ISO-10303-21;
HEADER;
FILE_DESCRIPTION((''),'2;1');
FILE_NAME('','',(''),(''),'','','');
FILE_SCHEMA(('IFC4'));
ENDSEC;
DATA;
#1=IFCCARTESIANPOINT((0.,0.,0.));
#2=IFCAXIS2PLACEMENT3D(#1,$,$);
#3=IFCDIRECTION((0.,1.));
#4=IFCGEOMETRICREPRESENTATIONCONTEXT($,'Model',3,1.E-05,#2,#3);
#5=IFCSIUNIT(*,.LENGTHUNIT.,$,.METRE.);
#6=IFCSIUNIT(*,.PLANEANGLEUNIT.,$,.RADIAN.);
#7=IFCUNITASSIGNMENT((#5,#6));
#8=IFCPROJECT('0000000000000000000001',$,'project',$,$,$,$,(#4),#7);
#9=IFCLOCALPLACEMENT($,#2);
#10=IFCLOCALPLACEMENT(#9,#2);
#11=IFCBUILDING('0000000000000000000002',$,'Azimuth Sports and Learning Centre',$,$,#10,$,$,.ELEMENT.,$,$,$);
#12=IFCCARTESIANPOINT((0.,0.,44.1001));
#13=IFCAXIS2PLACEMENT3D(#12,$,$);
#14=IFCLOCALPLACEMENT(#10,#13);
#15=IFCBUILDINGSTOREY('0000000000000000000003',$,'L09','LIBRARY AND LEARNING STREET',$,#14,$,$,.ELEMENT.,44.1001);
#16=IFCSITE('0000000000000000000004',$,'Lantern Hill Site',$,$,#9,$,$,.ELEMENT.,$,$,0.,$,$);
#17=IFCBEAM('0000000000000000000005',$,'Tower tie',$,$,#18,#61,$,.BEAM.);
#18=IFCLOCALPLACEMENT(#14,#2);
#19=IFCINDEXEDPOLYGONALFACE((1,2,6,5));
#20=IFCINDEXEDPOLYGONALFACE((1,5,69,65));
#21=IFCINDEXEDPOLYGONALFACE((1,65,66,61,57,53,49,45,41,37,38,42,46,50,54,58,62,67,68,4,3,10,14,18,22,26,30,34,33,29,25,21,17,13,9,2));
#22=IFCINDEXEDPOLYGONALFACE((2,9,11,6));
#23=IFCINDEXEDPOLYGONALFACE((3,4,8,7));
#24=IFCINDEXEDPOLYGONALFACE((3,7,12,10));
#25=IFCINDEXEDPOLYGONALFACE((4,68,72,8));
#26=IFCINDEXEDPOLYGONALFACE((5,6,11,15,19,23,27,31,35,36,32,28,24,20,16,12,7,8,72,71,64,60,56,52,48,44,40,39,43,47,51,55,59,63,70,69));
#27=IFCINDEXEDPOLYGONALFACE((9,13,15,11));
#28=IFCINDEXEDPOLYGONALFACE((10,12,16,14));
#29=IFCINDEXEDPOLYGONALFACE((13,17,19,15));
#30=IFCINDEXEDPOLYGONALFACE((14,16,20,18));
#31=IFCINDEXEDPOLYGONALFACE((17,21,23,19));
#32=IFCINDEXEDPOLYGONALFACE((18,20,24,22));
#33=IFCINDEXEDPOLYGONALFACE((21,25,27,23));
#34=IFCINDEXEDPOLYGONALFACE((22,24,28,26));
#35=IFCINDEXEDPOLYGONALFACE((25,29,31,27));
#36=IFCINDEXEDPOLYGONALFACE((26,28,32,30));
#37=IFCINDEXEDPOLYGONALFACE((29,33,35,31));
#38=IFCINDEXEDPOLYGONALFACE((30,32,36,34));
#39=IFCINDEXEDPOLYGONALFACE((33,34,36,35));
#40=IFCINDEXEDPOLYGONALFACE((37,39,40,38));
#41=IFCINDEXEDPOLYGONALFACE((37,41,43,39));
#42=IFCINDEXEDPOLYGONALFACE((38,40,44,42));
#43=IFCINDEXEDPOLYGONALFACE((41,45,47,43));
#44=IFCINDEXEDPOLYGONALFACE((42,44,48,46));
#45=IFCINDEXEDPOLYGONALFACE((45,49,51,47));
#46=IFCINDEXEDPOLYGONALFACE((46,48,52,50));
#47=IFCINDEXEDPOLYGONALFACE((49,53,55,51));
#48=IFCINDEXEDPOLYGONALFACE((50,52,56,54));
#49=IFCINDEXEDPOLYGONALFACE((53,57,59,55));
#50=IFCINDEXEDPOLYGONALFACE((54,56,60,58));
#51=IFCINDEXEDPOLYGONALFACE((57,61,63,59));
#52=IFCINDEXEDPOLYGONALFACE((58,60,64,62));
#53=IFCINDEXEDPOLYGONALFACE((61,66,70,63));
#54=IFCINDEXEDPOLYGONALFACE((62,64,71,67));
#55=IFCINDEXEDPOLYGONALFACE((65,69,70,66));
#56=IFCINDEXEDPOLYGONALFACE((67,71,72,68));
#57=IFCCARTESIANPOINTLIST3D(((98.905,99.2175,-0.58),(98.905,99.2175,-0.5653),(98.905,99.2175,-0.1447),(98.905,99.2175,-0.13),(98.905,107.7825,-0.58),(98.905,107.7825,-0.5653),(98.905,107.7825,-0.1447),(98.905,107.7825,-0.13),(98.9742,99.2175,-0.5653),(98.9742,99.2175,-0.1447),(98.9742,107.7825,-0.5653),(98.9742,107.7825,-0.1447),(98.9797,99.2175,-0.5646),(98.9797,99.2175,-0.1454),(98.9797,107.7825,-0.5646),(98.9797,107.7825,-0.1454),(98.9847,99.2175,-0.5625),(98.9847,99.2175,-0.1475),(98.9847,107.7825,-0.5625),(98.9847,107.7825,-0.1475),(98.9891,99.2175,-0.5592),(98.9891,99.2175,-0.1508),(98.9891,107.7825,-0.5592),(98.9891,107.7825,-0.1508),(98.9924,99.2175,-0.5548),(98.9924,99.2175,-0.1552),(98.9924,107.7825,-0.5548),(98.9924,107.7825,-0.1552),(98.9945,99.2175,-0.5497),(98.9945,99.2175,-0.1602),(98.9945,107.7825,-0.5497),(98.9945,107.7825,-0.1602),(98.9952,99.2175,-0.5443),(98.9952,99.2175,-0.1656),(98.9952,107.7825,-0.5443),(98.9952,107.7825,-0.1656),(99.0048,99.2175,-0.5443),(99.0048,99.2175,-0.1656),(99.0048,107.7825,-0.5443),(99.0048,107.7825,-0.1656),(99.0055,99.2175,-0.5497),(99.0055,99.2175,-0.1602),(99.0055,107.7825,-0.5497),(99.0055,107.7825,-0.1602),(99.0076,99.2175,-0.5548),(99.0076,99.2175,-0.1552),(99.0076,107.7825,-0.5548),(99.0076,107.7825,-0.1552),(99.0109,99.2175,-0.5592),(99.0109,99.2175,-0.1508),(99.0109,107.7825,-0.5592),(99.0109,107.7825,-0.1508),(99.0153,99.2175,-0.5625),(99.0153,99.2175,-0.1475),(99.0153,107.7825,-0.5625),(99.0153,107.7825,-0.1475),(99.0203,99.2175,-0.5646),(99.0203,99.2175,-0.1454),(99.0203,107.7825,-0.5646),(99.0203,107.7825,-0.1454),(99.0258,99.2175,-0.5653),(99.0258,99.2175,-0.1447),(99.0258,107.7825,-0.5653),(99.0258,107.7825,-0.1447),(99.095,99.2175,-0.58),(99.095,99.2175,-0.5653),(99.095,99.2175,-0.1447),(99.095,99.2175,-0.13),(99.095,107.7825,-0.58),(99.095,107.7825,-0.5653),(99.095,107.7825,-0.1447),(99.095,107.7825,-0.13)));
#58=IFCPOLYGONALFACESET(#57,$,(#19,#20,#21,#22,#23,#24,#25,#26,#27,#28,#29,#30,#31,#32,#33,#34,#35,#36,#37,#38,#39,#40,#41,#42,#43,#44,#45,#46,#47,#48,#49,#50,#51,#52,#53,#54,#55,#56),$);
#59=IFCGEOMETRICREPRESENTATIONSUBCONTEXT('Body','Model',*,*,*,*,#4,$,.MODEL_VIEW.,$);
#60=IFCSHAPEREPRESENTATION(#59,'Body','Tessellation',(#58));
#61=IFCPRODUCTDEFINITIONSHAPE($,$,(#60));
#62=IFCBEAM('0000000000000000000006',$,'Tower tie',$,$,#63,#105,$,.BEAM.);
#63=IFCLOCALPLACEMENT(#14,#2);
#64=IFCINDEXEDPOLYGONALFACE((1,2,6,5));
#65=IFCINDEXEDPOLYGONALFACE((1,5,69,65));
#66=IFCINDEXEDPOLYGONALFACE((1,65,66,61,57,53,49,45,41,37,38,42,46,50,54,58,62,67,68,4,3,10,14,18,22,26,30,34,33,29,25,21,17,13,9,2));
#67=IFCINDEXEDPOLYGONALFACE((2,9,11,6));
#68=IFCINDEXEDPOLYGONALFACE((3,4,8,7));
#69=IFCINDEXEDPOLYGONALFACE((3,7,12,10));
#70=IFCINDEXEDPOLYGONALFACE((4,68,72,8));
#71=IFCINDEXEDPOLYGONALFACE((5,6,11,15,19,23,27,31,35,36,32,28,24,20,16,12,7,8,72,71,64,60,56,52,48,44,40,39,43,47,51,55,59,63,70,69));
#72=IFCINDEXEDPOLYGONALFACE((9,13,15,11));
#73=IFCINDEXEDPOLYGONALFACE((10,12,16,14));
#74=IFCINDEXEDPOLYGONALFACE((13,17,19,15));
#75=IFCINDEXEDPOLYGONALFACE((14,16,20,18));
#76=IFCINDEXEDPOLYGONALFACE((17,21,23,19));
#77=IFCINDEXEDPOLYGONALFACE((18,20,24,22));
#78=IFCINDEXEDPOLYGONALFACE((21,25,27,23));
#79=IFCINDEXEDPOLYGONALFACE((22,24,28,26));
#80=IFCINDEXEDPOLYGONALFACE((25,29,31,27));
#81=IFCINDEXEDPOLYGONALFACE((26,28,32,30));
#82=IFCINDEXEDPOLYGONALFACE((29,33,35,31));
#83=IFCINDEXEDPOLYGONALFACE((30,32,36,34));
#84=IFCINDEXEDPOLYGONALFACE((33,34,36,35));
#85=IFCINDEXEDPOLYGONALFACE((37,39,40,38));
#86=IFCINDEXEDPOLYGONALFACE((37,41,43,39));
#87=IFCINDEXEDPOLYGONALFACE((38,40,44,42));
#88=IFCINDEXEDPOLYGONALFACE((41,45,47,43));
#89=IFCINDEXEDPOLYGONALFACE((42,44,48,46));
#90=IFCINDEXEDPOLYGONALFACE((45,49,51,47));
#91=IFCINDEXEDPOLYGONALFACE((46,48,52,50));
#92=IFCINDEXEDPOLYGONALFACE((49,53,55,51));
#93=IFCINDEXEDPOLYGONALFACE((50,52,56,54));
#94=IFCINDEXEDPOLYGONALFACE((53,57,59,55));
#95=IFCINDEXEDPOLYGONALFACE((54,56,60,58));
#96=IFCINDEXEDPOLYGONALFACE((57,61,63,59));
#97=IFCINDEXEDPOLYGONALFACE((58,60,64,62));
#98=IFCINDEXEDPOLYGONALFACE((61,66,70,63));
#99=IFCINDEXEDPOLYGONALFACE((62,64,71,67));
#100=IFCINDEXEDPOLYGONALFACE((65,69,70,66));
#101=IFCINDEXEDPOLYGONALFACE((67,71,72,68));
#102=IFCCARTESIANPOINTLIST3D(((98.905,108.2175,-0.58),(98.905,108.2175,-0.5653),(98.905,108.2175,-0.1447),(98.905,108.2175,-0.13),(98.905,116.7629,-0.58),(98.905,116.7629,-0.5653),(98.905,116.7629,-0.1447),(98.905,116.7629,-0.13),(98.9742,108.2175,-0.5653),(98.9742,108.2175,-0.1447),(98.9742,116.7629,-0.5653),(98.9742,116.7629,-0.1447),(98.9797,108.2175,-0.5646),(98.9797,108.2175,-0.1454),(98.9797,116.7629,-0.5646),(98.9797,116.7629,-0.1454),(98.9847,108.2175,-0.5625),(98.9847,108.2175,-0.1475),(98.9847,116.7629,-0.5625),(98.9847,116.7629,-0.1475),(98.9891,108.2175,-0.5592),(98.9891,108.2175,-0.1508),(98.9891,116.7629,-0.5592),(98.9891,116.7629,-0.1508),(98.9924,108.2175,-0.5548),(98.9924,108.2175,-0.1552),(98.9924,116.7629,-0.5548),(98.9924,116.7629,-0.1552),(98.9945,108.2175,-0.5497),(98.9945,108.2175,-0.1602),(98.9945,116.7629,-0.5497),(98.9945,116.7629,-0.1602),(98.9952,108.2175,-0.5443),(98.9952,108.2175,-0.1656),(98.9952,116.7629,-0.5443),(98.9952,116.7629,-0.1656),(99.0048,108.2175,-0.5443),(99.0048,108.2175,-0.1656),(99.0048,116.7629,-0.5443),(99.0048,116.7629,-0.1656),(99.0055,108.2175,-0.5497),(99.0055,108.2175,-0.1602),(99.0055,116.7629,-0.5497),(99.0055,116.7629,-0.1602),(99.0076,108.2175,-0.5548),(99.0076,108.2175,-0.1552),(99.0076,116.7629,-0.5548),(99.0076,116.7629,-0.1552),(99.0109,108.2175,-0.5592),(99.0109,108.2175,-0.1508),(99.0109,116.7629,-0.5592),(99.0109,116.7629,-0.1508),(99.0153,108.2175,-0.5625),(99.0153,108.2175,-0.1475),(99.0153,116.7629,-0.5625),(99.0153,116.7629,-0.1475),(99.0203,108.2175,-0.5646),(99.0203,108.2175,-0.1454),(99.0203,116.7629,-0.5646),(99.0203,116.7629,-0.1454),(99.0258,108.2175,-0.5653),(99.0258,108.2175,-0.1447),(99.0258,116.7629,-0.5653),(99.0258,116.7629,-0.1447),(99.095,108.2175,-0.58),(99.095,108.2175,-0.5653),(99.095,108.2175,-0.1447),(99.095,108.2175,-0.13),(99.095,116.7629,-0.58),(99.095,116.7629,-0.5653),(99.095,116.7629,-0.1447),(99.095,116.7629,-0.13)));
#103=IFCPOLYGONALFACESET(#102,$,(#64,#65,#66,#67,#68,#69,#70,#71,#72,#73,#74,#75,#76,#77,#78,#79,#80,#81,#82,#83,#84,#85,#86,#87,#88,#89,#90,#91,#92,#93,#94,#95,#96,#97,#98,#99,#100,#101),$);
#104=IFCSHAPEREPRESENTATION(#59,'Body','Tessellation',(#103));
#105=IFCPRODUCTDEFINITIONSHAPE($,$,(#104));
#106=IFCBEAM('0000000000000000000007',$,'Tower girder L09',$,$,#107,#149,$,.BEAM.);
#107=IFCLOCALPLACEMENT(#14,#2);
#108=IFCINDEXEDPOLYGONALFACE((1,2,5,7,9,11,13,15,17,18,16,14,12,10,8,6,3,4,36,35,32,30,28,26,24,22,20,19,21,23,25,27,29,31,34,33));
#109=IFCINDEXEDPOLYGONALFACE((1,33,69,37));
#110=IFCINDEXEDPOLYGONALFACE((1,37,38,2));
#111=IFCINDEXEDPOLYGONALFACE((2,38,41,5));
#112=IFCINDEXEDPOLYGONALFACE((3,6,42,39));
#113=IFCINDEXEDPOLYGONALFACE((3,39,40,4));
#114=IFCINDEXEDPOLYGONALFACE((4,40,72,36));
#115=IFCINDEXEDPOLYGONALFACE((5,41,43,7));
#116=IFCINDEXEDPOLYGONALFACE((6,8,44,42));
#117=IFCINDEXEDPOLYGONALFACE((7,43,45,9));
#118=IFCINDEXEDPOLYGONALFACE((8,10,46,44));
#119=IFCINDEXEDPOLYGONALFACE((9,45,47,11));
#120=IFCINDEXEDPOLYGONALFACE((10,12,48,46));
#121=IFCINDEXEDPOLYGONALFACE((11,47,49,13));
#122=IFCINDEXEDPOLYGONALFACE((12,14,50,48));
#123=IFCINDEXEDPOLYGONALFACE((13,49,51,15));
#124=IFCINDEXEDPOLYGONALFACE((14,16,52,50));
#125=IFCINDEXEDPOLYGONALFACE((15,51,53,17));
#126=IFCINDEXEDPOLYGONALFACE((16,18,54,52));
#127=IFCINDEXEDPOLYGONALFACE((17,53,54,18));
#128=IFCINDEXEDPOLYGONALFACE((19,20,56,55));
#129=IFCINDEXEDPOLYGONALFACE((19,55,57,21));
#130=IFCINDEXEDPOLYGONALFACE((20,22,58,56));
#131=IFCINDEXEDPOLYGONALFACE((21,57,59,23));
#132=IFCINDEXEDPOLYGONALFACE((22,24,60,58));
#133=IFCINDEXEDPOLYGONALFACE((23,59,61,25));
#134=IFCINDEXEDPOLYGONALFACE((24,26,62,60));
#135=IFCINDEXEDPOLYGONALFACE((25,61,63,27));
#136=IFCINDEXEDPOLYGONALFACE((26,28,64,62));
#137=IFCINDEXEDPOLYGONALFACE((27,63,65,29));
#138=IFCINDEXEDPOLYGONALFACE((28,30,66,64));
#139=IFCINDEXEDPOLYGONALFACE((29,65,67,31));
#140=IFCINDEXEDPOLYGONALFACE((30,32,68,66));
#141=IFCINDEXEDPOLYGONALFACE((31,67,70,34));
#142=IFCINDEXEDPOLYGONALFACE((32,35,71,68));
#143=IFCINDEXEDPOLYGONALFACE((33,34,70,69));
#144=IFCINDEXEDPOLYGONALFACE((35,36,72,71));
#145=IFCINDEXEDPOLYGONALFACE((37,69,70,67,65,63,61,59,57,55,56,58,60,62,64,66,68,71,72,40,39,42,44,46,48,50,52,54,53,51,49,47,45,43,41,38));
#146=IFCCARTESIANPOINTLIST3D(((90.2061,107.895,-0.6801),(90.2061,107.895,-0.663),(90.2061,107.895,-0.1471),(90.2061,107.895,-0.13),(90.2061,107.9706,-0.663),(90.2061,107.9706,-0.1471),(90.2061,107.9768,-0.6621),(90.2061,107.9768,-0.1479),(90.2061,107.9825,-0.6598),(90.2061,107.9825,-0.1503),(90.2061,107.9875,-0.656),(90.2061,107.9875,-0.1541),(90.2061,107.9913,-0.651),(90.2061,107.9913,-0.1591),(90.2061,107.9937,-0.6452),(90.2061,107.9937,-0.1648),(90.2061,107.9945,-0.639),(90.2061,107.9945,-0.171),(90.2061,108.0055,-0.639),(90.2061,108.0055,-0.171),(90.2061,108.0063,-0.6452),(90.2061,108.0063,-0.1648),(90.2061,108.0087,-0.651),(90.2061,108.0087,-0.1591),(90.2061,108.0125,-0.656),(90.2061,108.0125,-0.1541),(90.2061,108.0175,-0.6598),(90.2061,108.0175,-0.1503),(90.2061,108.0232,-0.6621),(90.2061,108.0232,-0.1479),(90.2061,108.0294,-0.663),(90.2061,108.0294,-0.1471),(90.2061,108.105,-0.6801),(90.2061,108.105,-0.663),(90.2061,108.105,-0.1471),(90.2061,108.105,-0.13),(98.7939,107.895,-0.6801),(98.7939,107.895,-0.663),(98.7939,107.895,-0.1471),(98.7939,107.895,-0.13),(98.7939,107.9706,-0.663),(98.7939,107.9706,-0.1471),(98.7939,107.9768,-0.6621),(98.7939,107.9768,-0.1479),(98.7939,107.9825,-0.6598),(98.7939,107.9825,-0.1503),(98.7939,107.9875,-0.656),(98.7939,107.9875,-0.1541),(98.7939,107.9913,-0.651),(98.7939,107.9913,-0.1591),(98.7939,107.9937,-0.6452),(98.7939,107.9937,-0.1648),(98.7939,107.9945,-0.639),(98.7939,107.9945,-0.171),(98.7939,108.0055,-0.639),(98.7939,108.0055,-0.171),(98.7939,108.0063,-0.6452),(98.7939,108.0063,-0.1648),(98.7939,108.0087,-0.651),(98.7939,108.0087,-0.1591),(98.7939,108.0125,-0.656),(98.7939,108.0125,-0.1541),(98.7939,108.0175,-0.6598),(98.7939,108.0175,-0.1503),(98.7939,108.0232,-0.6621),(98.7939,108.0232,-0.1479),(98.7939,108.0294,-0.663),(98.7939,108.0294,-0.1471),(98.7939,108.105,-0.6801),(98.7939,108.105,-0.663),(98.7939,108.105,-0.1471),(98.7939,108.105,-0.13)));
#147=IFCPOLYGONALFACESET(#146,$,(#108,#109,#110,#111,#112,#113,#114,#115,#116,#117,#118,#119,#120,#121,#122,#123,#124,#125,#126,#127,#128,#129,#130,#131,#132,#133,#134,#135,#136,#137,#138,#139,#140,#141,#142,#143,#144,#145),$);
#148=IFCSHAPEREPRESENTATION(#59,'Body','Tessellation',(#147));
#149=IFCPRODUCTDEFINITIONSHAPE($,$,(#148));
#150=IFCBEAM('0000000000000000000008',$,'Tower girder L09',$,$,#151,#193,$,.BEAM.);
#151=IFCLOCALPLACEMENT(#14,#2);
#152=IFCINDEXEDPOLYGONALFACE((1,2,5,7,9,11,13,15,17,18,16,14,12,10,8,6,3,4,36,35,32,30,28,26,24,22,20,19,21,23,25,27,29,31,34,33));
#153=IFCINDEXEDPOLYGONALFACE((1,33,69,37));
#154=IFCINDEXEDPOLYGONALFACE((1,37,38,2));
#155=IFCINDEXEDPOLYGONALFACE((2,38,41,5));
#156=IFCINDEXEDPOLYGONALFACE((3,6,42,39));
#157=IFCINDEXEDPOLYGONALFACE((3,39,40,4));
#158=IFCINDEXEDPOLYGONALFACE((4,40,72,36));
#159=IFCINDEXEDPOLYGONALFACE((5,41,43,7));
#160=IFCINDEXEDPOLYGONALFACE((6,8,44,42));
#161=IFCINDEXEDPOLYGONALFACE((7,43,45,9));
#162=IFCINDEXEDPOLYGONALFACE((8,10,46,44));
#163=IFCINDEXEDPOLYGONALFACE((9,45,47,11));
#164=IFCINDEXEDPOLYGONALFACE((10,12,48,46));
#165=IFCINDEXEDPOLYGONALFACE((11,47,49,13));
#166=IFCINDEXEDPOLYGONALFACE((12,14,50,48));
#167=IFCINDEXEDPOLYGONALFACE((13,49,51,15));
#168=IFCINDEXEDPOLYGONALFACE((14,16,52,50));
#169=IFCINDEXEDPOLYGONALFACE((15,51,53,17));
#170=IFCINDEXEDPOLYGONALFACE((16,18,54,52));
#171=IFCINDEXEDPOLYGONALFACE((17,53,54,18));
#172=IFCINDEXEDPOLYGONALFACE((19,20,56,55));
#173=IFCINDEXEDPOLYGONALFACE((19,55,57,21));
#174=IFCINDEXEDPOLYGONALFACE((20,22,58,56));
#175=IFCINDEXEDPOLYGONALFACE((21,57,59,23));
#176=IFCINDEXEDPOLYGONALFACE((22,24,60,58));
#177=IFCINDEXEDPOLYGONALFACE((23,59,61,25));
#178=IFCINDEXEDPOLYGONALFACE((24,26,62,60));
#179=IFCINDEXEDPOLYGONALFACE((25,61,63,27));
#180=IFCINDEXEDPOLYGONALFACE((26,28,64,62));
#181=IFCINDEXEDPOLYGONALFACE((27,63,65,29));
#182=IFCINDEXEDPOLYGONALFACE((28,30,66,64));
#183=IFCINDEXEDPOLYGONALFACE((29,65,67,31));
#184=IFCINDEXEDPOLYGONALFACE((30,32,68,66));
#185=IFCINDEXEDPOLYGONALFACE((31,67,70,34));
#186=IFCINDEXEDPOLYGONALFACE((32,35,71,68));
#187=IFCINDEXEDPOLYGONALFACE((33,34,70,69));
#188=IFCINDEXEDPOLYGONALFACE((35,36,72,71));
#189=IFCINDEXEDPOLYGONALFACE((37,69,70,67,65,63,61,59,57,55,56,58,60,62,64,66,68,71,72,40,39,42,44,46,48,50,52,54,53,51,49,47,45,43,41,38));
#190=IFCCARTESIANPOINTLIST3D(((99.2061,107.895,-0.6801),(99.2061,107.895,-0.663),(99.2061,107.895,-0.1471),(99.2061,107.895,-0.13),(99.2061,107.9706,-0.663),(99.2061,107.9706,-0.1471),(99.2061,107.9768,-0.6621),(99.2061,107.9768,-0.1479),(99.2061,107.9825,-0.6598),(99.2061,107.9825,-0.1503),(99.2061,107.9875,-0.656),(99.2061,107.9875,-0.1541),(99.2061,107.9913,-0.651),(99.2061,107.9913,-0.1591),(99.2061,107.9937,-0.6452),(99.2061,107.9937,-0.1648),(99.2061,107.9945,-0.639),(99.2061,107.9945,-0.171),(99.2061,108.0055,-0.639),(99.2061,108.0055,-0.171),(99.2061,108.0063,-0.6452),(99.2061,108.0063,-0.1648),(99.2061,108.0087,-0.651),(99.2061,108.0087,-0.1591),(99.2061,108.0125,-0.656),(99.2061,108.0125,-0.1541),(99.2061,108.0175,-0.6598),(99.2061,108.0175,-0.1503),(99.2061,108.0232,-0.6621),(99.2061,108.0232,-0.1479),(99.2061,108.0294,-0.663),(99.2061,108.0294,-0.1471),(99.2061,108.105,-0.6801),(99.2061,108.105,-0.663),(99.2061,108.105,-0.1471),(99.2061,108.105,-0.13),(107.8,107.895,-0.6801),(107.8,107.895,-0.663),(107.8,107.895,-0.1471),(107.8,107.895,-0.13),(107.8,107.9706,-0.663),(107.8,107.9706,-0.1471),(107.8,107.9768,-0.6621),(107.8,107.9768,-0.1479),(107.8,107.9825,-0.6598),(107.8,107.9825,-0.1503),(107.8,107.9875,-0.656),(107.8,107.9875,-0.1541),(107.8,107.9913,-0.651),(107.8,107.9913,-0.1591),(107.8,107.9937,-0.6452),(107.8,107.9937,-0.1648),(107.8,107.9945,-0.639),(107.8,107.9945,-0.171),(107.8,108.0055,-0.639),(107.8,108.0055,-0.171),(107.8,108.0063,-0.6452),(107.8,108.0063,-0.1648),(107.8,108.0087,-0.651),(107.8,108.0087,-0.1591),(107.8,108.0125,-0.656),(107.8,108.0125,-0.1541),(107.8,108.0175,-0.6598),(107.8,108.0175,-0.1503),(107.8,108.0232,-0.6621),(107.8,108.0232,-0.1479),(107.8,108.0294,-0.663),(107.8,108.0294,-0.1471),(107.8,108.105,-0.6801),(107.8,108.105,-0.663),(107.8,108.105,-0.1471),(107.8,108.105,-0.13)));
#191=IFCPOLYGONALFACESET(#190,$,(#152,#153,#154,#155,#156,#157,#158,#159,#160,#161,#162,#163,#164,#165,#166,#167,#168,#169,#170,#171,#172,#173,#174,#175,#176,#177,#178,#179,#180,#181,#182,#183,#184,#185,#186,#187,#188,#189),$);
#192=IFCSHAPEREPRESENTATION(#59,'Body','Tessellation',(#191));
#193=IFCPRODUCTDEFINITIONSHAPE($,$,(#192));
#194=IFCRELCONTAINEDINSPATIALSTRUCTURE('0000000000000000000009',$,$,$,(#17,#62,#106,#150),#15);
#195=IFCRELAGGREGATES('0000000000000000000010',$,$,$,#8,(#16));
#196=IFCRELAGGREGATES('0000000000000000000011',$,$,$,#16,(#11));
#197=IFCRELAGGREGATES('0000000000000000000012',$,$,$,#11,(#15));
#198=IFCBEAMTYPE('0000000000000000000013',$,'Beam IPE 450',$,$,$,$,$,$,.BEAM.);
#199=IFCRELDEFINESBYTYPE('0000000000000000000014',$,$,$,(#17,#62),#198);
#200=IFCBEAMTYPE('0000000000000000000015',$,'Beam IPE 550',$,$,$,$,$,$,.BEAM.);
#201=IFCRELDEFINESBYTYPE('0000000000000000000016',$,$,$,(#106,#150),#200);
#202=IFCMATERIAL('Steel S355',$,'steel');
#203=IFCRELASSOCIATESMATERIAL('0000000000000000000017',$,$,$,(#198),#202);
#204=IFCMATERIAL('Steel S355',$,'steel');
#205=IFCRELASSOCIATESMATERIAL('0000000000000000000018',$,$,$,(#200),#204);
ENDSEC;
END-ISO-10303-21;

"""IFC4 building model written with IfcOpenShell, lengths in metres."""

from ifc_helpers import new_model, si_unit, direction, frame, origin, origin_2d, place, context, subcontext, project, spatial, i_section, extrude, material, material_profile, profile_set, type_object, element, save


model = new_model("IFC4")

# Units and contexts
model_context = context("Model", 3, precision=1e-05, world=origin(), true_north=direction((0.0, 1.0)))
body_context = subcontext(model_context, "Body", "Model", "MODEL_VIEW")
ifc_project = project(units=[si_unit("LENGTHUNIT", "METRE"), si_unit("PLANEANGLEUNIT", "RADIAN")], contexts=[model_context])

# Site, building, storey
site_placement = place(None, origin())
site = spatial("IfcSite", under=ifc_project, at=site_placement, Name="Lantern Hill Site", CompositionType="ELEMENT", RefElevation=0.0)
building_placement = place(site_placement, origin())
building = spatial("IfcBuilding", under=site, at=building_placement, Name="Azimuth Sports and Learning Centre", CompositionType="ELEMENT")
storey_placement = place(building_placement, frame((0.0, 0.0, 44.1001)))
storey = spatial("IfcBuildingStorey", under=building, at=storey_placement, Name="L09", Description="LIBRARY AND LEARNING STREET", CompositionType="ELEMENT", Elevation=44.1001)

# Beams
ifc_material_1 = material(Name="Steel S355", Category="steel")
ifc_material_profile_1 = material_profile(ifc_material_1, i_section(OverallWidth=0.1899, OverallDepth=0.45, WebThickness=0.0095, FlangeThickness=0.0146, FilletRadius=0.021, at=origin_2d()), Name="IPE 450")
ifc_profile_set_1 = profile_set([ifc_material_profile_1], Name="Steel S355")
beam_type_1 = type_object("IfcBeamType", Name="Beam IPE 450", PredefinedType="BEAM", material=ifc_profile_set_1)
beam_1_placement = place(storey_placement, frame((99.0, 99.2175, -0.355), z_axis=(0.0, 1.0, 0.0), x_axis=(-1.0, 0.0, 0.0)))
element("IfcBeam", 1, at=beam_1_placement, inside=storey, type_object=beam_type_1, Name="Tower tie", PredefinedType="BEAM", context=body_context, shape_type="SweptSolid", body=[
    extrude(i_section(OverallWidth=0.1899, OverallDepth=0.45, WebThickness=0.0095, FlangeThickness=0.0146, FilletRadius=0.021, at=origin_2d()), origin(), (0.0, 0.0, 1.0), 8.5649),
])
beam_2_placement = place(storey_placement, frame((99.0, 108.2175, -0.355), z_axis=(0.0, 1.0, 0.0), x_axis=(-1.0, 0.0, 0.0)))
element("IfcBeam", 2, at=beam_2_placement, inside=storey, type_object=beam_type_1, Name="Tower tie", PredefinedType="BEAM", context=body_context, shape_type="SweptSolid", body=[
    extrude(i_section(OverallWidth=0.1899, OverallDepth=0.45, WebThickness=0.0095, FlangeThickness=0.0146, FilletRadius=0.021, at=origin_2d()), origin(), (0.0, 0.0, 1.0), 8.5454),
])
ifc_material_2 = material(Name="Steel S355", Category="steel")
ifc_material_profile_2 = material_profile(ifc_material_2, i_section(OverallWidth=0.21, OverallDepth=0.55, WebThickness=0.011, FlangeThickness=0.0171, FilletRadius=0.0239, at=origin_2d()), Name="IPE 550")
ifc_profile_set_2 = profile_set([ifc_material_profile_2], Name="Steel S355")
beam_type_2 = type_object("IfcBeamType", Name="Beam IPE 550", PredefinedType="BEAM", material=ifc_profile_set_2)
beam_3_placement = place(storey_placement, frame((90.2061, 108.0, -0.405), z_axis=(1.0, 0.0, 0.0), x_axis=(0.0, 1.0, 0.0)))
element("IfcBeam", 3, at=beam_3_placement, inside=storey, type_object=beam_type_2, Name="Tower girder L09", PredefinedType="BEAM", context=body_context, shape_type="SweptSolid", body=[
    extrude(i_section(OverallWidth=0.21, OverallDepth=0.55, WebThickness=0.011, FlangeThickness=0.0171, FilletRadius=0.0239, at=origin_2d()), origin(), (0.0, 0.0, 1.0), 8.5879),
])
beam_4_placement = place(storey_placement, frame((99.2061, 108.0, -0.405), z_axis=(1.0, 0.0, 0.0), x_axis=(0.0, 1.0, 0.0)))
element("IfcBeam", 4, at=beam_4_placement, inside=storey, type_object=beam_type_2, Name="Tower girder L09", PredefinedType="BEAM", context=body_context, shape_type="SweptSolid", body=[
    extrude(i_section(OverallWidth=0.21, OverallDepth=0.55, WebThickness=0.011, FlangeThickness=0.0171, FilletRadius=0.0239, at=origin_2d()), origin(), (0.0, 0.0, 1.0), 8.594),
])

save(model, "model.ifc")
